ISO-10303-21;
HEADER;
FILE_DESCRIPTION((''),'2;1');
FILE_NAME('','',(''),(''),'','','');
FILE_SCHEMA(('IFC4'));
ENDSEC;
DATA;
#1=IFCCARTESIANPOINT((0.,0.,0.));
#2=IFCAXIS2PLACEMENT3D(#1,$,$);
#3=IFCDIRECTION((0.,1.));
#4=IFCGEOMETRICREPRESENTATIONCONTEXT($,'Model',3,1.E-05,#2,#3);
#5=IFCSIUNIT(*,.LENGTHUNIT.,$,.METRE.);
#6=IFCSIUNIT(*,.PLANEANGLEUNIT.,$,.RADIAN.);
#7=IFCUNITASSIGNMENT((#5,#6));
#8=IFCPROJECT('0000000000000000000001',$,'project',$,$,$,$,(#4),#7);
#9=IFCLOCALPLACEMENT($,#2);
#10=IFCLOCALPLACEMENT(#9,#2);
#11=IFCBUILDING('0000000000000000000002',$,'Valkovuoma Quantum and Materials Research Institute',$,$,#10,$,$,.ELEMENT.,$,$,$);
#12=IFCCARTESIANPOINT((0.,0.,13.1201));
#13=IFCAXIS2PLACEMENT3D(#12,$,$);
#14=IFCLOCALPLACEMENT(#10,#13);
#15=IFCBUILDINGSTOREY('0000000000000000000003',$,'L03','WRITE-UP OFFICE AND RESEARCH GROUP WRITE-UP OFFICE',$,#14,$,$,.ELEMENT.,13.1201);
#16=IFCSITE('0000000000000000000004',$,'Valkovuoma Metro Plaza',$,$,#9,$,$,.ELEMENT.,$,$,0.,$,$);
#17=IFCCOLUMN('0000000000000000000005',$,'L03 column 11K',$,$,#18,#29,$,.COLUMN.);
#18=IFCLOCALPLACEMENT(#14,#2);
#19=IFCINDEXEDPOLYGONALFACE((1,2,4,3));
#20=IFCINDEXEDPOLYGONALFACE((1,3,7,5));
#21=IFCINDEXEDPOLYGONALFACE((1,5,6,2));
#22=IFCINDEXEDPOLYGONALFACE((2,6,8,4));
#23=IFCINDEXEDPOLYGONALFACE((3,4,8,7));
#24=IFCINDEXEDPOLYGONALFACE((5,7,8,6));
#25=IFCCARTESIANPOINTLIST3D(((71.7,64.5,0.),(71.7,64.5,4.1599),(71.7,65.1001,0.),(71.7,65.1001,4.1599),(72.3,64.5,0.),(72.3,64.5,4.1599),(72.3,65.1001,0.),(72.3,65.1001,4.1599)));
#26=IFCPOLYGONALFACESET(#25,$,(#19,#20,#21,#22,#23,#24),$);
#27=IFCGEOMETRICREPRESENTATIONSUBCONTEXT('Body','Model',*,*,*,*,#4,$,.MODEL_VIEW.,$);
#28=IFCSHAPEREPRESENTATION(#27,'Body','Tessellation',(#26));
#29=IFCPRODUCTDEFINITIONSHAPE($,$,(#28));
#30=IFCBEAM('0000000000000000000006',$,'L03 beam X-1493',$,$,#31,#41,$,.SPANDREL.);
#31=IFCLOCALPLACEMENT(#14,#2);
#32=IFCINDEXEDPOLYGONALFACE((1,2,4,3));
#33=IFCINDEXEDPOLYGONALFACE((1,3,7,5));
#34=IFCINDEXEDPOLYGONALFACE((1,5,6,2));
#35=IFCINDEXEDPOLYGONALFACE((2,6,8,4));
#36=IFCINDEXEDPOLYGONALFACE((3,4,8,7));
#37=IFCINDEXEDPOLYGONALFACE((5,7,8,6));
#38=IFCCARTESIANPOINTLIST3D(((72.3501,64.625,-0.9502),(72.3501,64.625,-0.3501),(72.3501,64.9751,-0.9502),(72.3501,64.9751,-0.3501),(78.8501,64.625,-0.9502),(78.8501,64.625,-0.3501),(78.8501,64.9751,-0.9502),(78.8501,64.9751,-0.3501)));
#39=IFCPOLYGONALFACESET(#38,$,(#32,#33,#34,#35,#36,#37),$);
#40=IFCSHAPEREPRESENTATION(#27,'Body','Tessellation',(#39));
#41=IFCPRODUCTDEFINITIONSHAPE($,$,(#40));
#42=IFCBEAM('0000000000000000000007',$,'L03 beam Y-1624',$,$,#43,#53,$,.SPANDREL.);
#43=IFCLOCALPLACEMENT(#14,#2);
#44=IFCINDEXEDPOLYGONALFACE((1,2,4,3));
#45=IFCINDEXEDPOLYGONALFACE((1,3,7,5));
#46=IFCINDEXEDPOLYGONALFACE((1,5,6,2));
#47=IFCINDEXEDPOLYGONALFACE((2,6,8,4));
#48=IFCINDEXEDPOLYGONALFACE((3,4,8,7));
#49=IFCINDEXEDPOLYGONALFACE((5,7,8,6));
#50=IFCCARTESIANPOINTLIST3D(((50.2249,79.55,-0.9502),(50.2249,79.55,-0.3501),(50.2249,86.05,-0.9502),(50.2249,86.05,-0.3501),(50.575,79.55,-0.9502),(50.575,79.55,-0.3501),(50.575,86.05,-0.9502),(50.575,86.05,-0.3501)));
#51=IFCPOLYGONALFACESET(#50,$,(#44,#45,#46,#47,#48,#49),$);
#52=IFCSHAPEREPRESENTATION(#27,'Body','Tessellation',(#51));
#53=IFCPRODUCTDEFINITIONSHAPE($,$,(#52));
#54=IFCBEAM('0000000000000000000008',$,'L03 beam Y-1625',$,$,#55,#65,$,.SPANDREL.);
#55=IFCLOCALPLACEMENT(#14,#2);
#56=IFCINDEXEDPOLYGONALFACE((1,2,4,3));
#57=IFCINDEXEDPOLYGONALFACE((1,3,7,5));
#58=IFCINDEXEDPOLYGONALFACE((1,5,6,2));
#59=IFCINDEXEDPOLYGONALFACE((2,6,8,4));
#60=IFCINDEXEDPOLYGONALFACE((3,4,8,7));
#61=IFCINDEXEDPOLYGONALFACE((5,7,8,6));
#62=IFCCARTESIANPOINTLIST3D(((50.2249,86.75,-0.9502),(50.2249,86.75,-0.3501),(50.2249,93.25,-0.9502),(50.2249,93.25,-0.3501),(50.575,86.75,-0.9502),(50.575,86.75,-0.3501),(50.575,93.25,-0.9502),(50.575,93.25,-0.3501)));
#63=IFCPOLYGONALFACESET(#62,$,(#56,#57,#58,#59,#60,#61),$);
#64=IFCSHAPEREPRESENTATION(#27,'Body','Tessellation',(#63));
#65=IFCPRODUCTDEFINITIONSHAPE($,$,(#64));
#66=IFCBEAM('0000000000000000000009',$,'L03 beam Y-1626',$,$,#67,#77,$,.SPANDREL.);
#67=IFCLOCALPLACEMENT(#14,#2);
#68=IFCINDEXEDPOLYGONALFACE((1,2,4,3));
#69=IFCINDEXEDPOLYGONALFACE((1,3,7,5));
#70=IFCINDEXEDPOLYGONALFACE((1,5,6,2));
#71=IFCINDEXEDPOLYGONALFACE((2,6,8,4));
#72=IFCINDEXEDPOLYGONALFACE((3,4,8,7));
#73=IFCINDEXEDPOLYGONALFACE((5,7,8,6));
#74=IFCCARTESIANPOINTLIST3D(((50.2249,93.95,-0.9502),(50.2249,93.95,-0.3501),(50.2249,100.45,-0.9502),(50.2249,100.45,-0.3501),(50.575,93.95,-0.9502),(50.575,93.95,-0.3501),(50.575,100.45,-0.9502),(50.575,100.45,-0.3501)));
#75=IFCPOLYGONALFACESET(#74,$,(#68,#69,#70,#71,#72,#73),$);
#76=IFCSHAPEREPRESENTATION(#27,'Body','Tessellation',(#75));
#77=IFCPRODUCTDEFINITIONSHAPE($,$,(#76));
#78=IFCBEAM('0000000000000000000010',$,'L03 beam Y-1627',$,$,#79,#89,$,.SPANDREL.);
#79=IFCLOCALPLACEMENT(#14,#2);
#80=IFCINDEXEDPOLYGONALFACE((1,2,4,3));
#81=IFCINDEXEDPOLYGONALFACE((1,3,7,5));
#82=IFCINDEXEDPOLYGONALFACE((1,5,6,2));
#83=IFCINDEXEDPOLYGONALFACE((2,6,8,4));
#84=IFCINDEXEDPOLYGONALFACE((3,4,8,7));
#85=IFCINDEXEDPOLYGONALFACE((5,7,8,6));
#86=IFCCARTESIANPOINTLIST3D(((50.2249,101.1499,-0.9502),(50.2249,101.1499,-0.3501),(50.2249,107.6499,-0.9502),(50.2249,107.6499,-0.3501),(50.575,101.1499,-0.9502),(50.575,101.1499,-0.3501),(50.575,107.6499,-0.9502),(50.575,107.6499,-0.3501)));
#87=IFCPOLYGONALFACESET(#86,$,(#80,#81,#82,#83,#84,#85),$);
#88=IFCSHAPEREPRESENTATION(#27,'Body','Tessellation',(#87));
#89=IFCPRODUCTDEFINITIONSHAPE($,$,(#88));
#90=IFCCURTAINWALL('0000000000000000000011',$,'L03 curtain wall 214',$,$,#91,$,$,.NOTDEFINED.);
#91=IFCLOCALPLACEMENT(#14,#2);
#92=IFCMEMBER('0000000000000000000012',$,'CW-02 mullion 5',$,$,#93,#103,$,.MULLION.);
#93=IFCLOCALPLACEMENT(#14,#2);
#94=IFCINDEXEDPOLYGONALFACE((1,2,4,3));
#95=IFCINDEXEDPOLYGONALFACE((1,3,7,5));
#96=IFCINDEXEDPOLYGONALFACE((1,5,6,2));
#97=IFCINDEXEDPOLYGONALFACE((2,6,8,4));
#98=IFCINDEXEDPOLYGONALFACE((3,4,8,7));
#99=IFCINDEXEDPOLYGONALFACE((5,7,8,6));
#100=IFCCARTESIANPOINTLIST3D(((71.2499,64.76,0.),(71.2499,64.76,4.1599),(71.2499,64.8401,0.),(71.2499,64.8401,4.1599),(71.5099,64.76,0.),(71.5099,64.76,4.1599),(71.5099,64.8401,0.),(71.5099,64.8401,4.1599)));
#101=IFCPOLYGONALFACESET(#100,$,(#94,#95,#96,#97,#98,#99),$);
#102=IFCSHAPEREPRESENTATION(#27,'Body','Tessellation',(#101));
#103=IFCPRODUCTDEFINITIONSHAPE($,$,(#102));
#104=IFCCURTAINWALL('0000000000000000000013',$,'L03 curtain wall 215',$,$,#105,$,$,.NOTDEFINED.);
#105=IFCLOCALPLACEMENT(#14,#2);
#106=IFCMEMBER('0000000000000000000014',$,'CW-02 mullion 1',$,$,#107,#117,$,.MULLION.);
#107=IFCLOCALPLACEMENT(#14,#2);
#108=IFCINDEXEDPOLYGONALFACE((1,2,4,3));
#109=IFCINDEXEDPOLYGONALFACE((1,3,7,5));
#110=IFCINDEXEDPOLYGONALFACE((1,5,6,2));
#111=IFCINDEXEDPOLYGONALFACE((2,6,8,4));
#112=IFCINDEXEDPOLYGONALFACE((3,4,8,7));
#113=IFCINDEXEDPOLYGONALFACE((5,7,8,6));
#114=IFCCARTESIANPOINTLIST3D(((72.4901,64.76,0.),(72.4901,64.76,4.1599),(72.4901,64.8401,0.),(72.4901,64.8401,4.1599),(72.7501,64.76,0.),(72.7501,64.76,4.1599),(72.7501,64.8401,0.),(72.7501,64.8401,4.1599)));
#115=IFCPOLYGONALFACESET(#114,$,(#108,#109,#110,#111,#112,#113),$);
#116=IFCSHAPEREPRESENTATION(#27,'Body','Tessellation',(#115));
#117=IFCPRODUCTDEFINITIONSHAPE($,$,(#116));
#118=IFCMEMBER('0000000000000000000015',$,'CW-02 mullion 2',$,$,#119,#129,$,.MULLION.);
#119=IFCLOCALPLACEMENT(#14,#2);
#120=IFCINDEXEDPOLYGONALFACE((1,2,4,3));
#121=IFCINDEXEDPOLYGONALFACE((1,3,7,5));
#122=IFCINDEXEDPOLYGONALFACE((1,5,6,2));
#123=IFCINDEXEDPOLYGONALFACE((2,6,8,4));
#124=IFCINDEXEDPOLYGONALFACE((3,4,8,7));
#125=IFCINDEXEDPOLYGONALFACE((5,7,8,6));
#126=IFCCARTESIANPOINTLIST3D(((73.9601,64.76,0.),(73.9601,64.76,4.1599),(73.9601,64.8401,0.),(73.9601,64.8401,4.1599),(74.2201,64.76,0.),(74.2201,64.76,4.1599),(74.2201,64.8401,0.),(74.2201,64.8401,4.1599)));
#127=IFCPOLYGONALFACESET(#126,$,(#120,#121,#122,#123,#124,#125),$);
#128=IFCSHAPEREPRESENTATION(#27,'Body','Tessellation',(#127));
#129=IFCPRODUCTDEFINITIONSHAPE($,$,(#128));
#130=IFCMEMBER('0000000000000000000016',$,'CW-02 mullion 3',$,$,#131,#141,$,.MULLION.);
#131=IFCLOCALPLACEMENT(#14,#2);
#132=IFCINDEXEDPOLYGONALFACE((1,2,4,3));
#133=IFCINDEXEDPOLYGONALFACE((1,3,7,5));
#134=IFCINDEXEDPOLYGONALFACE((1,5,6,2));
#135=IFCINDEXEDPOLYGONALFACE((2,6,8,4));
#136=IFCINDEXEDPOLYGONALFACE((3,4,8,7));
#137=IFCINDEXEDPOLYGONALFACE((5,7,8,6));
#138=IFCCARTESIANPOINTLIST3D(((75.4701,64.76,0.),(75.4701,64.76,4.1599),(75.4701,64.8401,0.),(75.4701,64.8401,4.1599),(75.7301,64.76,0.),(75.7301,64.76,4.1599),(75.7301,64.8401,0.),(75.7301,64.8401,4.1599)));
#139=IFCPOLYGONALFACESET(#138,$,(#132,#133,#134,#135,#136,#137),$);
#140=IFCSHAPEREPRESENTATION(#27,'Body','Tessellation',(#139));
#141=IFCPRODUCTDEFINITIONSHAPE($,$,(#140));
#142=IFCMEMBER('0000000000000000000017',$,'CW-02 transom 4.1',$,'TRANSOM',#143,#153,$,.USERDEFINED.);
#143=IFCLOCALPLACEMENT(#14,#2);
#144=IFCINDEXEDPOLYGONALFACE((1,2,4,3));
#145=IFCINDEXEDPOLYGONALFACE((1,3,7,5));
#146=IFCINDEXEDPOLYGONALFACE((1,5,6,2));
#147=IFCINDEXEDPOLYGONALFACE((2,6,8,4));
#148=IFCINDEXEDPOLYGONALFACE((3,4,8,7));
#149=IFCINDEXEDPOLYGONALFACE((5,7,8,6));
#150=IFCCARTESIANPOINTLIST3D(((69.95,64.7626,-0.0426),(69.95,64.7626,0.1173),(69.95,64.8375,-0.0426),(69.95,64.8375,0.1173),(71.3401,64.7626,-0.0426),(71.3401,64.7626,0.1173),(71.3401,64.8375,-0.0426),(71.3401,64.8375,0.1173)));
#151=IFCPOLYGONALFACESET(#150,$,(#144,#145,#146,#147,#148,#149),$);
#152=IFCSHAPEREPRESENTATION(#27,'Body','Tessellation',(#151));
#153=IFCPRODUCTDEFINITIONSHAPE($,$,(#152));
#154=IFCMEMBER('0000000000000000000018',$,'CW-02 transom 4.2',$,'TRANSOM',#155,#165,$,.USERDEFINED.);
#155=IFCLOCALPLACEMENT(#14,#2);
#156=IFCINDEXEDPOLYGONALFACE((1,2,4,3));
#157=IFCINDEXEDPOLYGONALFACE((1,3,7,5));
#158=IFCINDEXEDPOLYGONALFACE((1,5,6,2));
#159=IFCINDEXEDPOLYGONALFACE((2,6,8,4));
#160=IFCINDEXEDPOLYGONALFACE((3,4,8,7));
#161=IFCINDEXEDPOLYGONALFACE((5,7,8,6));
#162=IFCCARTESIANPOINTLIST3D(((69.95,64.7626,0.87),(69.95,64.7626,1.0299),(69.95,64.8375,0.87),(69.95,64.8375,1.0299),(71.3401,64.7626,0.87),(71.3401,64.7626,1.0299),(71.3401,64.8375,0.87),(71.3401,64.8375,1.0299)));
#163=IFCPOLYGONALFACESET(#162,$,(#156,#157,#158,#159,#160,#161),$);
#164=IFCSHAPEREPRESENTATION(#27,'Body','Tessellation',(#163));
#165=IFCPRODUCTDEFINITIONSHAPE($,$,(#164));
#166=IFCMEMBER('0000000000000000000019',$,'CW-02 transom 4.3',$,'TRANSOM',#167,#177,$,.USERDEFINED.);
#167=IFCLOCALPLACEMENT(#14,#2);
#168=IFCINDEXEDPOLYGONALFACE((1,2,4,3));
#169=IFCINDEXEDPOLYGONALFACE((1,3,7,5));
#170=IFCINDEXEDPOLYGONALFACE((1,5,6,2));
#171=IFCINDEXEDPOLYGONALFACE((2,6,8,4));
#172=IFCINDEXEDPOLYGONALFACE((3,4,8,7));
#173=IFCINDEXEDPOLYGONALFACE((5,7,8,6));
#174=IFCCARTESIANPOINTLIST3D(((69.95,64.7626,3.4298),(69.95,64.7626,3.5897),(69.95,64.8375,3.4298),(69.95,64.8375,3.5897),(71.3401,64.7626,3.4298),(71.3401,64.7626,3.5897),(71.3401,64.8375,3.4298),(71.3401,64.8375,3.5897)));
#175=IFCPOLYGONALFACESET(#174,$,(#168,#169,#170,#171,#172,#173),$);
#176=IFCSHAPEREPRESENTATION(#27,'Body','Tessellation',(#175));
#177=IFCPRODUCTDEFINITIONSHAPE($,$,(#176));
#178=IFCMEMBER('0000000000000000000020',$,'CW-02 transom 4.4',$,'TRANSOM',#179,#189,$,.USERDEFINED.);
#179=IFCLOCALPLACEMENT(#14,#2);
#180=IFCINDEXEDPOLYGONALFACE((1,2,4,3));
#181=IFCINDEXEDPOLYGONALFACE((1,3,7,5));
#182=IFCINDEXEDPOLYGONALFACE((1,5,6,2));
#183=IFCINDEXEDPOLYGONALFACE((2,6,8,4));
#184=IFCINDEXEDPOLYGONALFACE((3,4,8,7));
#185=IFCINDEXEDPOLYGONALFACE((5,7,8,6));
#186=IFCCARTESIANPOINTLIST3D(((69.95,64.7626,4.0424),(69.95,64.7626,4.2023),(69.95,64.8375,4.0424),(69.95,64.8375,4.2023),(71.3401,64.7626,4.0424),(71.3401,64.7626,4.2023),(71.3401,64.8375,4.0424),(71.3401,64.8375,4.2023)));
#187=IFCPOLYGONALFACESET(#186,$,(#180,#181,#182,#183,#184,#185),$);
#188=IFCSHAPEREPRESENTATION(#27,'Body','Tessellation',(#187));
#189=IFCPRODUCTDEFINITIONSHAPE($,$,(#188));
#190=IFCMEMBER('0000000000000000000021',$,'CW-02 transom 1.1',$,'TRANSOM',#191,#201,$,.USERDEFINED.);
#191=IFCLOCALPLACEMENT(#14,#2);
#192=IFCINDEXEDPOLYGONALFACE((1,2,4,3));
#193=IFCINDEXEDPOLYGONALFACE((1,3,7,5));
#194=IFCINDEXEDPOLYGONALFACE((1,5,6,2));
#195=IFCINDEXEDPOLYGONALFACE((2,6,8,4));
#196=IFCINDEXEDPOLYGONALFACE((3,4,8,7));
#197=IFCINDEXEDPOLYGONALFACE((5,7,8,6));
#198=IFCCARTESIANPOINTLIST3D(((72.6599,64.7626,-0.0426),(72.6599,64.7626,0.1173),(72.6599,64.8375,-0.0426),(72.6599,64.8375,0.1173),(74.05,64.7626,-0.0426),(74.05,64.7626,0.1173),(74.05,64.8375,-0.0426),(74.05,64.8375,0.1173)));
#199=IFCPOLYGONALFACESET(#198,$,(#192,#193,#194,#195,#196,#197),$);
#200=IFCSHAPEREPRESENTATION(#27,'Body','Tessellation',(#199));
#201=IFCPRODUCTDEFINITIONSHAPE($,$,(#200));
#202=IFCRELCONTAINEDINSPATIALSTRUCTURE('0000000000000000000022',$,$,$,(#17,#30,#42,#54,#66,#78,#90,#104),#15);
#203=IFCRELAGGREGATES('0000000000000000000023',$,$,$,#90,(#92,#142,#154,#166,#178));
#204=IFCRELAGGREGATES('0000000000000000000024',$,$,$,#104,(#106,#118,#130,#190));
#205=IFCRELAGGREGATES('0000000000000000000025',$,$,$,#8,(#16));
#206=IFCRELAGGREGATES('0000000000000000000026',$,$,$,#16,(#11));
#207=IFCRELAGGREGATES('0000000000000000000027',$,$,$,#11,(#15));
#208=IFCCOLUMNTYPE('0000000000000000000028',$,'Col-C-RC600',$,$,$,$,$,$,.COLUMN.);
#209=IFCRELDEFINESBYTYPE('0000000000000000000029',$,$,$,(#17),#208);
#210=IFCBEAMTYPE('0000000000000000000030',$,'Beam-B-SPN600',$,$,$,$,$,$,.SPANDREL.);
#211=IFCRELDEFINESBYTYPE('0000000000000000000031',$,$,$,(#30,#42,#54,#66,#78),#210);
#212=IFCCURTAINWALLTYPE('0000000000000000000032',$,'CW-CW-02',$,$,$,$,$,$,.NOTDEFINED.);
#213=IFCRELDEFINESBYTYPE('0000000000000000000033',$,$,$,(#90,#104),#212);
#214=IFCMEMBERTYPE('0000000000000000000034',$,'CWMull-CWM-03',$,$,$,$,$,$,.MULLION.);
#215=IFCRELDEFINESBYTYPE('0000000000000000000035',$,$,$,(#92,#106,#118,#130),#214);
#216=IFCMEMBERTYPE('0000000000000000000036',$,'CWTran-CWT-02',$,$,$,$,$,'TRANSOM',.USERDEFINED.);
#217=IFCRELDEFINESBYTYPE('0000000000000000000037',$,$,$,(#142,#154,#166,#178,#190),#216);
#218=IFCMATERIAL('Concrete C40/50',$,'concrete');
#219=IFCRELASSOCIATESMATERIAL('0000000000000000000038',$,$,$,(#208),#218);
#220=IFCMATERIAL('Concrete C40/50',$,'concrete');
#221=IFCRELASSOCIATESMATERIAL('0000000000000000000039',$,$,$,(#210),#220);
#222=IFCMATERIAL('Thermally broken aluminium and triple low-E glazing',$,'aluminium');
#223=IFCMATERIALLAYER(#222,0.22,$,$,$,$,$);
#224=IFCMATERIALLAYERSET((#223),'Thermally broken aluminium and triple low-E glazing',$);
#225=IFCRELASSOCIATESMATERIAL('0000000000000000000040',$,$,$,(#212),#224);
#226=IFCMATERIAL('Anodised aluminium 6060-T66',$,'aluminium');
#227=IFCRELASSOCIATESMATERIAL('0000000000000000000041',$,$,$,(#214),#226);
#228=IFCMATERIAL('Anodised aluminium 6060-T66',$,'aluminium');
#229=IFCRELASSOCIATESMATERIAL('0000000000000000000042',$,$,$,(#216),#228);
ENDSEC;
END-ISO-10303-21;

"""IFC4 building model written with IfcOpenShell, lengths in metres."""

from ifc_helpers import new_model, si_unit, direction, frame, origin, origin_2d, place, context, subcontext, project, spatial, rectangle, extrude, material, layer, layer_set, material_profile, profile_set, type_object, element, aggregate, save


model = new_model("IFC4")

# Units and contexts
model_context = context("Model", 3, precision=1e-05, world=origin(), true_north=direction((0.0, 1.0)))
body_context = subcontext(model_context, "Body", "Model", "MODEL_VIEW")
ifc_project = project(units=[si_unit("LENGTHUNIT", "METRE"), si_unit("PLANEANGLEUNIT", "RADIAN")], contexts=[model_context])

# Site, building, storey
site_placement = place(None, origin())
site = spatial("IfcSite", under=ifc_project, at=site_placement, Name="Valkovuoma Metro Plaza", CompositionType="ELEMENT", RefElevation=0.0)
building_placement = place(site_placement, origin())
building = spatial("IfcBuilding", under=site, at=building_placement, Name="Valkovuoma Quantum and Materials Research Institute", CompositionType="ELEMENT")
storey_placement = place(building_placement, frame((0.0, 0.0, 13.1201)))
storey = spatial("IfcBuildingStorey", under=building, at=storey_placement, Name="L03", Description="WRITE-UP OFFICE AND RESEARCH GROUP WRITE-UP OFFICE", CompositionType="ELEMENT", Elevation=13.1201)

# Column
ifc_material_1 = material(Name="Concrete C40/50", Category="concrete")
ifc_material_profile_1 = material_profile(ifc_material_1, rectangle(XDim=0.6001, YDim=0.6001, at=origin_2d()), Name="Concrete C40/50")
ifc_profile_set_1 = profile_set([ifc_material_profile_1], Name="Concrete C40/50")
column_type = type_object("IfcColumnType", Name="Col-C-RC600", PredefinedType="COLUMN", material=ifc_profile_set_1)
column_placement = place(storey_placement, frame((72.0, 64.8, 0.0), z_axis=(0.0, 0.0, 1.0), x_axis=(1.0, 0.0, 0.0)))
element("IfcColumn", 1, at=column_placement, inside=storey, type_object=column_type, Name="L03 column 11K", PredefinedType="COLUMN", context=body_context, shape_type="SweptSolid", body=[
    extrude(rectangle(XDim=0.6001, YDim=0.6001, at=origin_2d()), origin(), (0.0, 0.0, 1.0), 4.1599),
])

# Beams
ifc_material_2 = material(Name="Concrete C40/50", Category="concrete")
ifc_material_profile_2 = material_profile(ifc_material_2, rectangle(XDim=0.3501, YDim=0.6001, at=origin_2d()), Name="Concrete C40/50")
ifc_profile_set_2 = profile_set([ifc_material_profile_2], Name="Concrete C40/50")
beam_type = type_object("IfcBeamType", Name="Beam-B-SPN600", PredefinedType="SPANDREL", material=ifc_profile_set_2)
for number, where, z_axis, x_axis, name in (
    (2, (72.3501, 64.8, -0.6501), (1.0, 0.0, 0.0), (0.0, 1.0, 0.0), "L03 beam X-1493"),
    (3, (50.3999, 79.55, -0.6501), (0.0, 1.0, 0.0), (-1.0, 0.0, 0.0), "L03 beam Y-1624"),
    (4, (50.3999, 86.75, -0.6501), (0.0, 1.0, 0.0), (-1.0, 0.0, 0.0), "L03 beam Y-1625"),
    (5, (50.3999, 93.95, -0.6501), (0.0, 1.0, 0.0), (-1.0, 0.0, 0.0), "L03 beam Y-1626"),
    (6, (50.3999, 101.1499, -0.6501), (0.0, 1.0, 0.0), (-1.0, 0.0, 0.0), "L03 beam Y-1627"),
):
    element("IfcBeam", number, at=place(storey_placement, frame(where, z_axis=z_axis, x_axis=x_axis)), inside=storey, type_object=beam_type, Name=name, PredefinedType="SPANDREL", context=body_context, shape_type="SweptSolid", body=[
        extrude(rectangle(XDim=0.3501, YDim=0.6001, at=origin_2d()), origin(), (0.0, 0.0, 1.0), 6.5),
    ])

# Curtain wall, member
ifc_material_3 = material(Name="Thermally broken aluminium and triple low-E glazing", Category="aluminium")
ifc_layer_1 = layer(ifc_material_3, 0.22)
ifc_layer_set_1 = layer_set([ifc_layer_1], Name="Thermally broken aluminium and triple low-E glazing")
curtain_wall_type = type_object("IfcCurtainWallType", Name="CW-CW-02", PredefinedType="NOTDEFINED", material=ifc_layer_set_1)
curtain_wall_1_placement = place(storey_placement, origin())
curtain_wall_1 = element("IfcCurtainWall", 7, at=curtain_wall_1_placement, inside=storey, type_object=curtain_wall_type, Name="L03 curtain wall 214", PredefinedType="NOTDEFINED")
ifc_material_4 = material(Name="Anodised aluminium 6060-T66", Category="aluminium")
ifc_material_profile_3 = material_profile(ifc_material_4, rectangle(XDim=0.0801, YDim=0.26, at=origin_2d()), Name="Anodised aluminium 6060-T66")
ifc_profile_set_3 = profile_set([ifc_material_profile_3], Name="Anodised aluminium 6060-T66")
member_type_1 = type_object("IfcMemberType", Name="CWMull-CWM-03", PredefinedType="MULLION", material=ifc_profile_set_3)
member_1_placement = place(storey_placement, frame((71.3799, 64.8, 0.0), z_axis=(0.0, 0.0, 1.0), x_axis=(0.0, 1.0, 0.0)))
member_1 = element("IfcMember", 8, at=member_1_placement, type_object=member_type_1, Name="CW-02 mullion 5", PredefinedType="MULLION", context=body_context, shape_type="SweptSolid", body=[
    extrude(rectangle(XDim=0.0801, YDim=0.26, at=origin_2d()), origin(), (0.0, 0.0, 1.0), 4.1599),
])

# Curtain wall, members
curtain_wall_2_placement = place(storey_placement, origin())
curtain_wall_2 = element("IfcCurtainWall", 9, at=curtain_wall_2_placement, inside=storey, type_object=curtain_wall_type, Name="L03 curtain wall 215", PredefinedType="NOTDEFINED")
member_2_placement = place(storey_placement, frame((72.6201, 64.8, 0.0), z_axis=(0.0, 0.0, 1.0), x_axis=(0.0, 1.0, 0.0)))
member_2 = element("IfcMember", 10, at=member_2_placement, type_object=member_type_1, Name="CW-02 mullion 1", PredefinedType="MULLION", context=body_context, shape_type="SweptSolid", body=[
    extrude(rectangle(XDim=0.0801, YDim=0.26, at=origin_2d()), origin(), (0.0, 0.0, 1.0), 4.1599),
])
member_3_placement = place(storey_placement, frame((74.0901, 64.8, 0.0), z_axis=(0.0, 0.0, 1.0), x_axis=(0.0, 1.0, 0.0)))
member_3 = element("IfcMember", 11, at=member_3_placement, type_object=member_type_1, Name="CW-02 mullion 2", PredefinedType="MULLION", context=body_context, shape_type="SweptSolid", body=[
    extrude(rectangle(XDim=0.0801, YDim=0.26, at=origin_2d()), origin(), (0.0, 0.0, 1.0), 4.1599),
])
member_4_placement = place(storey_placement, frame((75.6001, 64.8, 0.0), z_axis=(0.0, 0.0, 1.0), x_axis=(0.0, 1.0, 0.0)))
member_4 = element("IfcMember", 12, at=member_4_placement, type_object=member_type_1, Name="CW-02 mullion 3", PredefinedType="MULLION", context=body_context, shape_type="SweptSolid", body=[
    extrude(rectangle(XDim=0.0801, YDim=0.26, at=origin_2d()), origin(), (0.0, 0.0, 1.0), 4.1599),
])

# Members
ifc_material_5 = material(Name="Anodised aluminium 6060-T66", Category="aluminium")
ifc_material_profile_4 = material_profile(ifc_material_5, rectangle(XDim=0.075, YDim=0.1599, at=origin_2d()), Name="Anodised aluminium 6060-T66")
ifc_profile_set_4 = profile_set([ifc_material_profile_4], Name="Anodised aluminium 6060-T66")
member_type_2 = type_object("IfcMemberType", Name="CWTran-CWT-02", ElementType="TRANSOM", PredefinedType="USERDEFINED", material=ifc_profile_set_4)
member_5_placement = place(storey_placement, frame((69.95, 64.8, 0.0374), z_axis=(1.0, 0.0, 0.0), x_axis=(0.0, 1.0, 0.0)))
member_5 = element("IfcMember", 13, at=member_5_placement, type_object=member_type_2, Name="CW-02 transom 4.1", ObjectType="TRANSOM", PredefinedType="USERDEFINED", context=body_context, shape_type="SweptSolid", body=[
    extrude(rectangle(XDim=0.075, YDim=0.1599, at=origin_2d()), origin(), (0.0, 0.0, 1.0), 1.3901),
])
member_6_placement = place(storey_placement, frame((69.95, 64.8, 0.95), z_axis=(1.0, 0.0, 0.0), x_axis=(0.0, 1.0, 0.0)))
member_6 = element("IfcMember", 14, at=member_6_placement, type_object=member_type_2, Name="CW-02 transom 4.2", ObjectType="TRANSOM", PredefinedType="USERDEFINED", context=body_context, shape_type="SweptSolid", body=[
    extrude(rectangle(XDim=0.075, YDim=0.1599, at=origin_2d()), origin(), (0.0, 0.0, 1.0), 1.3901),
])
member_7_placement = place(storey_placement, frame((69.95, 64.8, 3.5098), z_axis=(1.0, 0.0, 0.0), x_axis=(0.0, 1.0, 0.0)))
member_7 = element("IfcMember", 15, at=member_7_placement, type_object=member_type_2, Name="CW-02 transom 4.3", ObjectType="TRANSOM", PredefinedType="USERDEFINED", context=body_context, shape_type="SweptSolid", body=[
    extrude(rectangle(XDim=0.075, YDim=0.1599, at=origin_2d()), origin(), (0.0, 0.0, 1.0), 1.3901),
])
member_8_placement = place(storey_placement, frame((69.95, 64.8, 4.1223), z_axis=(1.0, 0.0, 0.0), x_axis=(0.0, 1.0, 0.0)))
member_8 = element("IfcMember", 16, at=member_8_placement, type_object=member_type_2, Name="CW-02 transom 4.4", ObjectType="TRANSOM", PredefinedType="USERDEFINED", context=body_context, shape_type="SweptSolid", body=[
    extrude(rectangle(XDim=0.075, YDim=0.1599, at=origin_2d()), origin(), (0.0, 0.0, 1.0), 1.3901),
])
member_9_placement = place(storey_placement, frame((72.6599, 64.8, 0.0374), z_axis=(1.0, 0.0, 0.0), x_axis=(0.0, 1.0, 0.0)))
member_9 = element("IfcMember", 17, at=member_9_placement, type_object=member_type_2, Name="CW-02 transom 1.1", ObjectType="TRANSOM", PredefinedType="USERDEFINED", context=body_context, shape_type="SweptSolid", body=[
    extrude(rectangle(XDim=0.075, YDim=0.1599, at=origin_2d()), origin(), (0.0, 0.0, 1.0), 1.3901),
])

aggregate(curtain_wall_1, [member_1, member_5, member_6, member_7, member_8])
aggregate(curtain_wall_2, [member_2, member_3, member_4, member_9])

save(model, "model.ifc")
